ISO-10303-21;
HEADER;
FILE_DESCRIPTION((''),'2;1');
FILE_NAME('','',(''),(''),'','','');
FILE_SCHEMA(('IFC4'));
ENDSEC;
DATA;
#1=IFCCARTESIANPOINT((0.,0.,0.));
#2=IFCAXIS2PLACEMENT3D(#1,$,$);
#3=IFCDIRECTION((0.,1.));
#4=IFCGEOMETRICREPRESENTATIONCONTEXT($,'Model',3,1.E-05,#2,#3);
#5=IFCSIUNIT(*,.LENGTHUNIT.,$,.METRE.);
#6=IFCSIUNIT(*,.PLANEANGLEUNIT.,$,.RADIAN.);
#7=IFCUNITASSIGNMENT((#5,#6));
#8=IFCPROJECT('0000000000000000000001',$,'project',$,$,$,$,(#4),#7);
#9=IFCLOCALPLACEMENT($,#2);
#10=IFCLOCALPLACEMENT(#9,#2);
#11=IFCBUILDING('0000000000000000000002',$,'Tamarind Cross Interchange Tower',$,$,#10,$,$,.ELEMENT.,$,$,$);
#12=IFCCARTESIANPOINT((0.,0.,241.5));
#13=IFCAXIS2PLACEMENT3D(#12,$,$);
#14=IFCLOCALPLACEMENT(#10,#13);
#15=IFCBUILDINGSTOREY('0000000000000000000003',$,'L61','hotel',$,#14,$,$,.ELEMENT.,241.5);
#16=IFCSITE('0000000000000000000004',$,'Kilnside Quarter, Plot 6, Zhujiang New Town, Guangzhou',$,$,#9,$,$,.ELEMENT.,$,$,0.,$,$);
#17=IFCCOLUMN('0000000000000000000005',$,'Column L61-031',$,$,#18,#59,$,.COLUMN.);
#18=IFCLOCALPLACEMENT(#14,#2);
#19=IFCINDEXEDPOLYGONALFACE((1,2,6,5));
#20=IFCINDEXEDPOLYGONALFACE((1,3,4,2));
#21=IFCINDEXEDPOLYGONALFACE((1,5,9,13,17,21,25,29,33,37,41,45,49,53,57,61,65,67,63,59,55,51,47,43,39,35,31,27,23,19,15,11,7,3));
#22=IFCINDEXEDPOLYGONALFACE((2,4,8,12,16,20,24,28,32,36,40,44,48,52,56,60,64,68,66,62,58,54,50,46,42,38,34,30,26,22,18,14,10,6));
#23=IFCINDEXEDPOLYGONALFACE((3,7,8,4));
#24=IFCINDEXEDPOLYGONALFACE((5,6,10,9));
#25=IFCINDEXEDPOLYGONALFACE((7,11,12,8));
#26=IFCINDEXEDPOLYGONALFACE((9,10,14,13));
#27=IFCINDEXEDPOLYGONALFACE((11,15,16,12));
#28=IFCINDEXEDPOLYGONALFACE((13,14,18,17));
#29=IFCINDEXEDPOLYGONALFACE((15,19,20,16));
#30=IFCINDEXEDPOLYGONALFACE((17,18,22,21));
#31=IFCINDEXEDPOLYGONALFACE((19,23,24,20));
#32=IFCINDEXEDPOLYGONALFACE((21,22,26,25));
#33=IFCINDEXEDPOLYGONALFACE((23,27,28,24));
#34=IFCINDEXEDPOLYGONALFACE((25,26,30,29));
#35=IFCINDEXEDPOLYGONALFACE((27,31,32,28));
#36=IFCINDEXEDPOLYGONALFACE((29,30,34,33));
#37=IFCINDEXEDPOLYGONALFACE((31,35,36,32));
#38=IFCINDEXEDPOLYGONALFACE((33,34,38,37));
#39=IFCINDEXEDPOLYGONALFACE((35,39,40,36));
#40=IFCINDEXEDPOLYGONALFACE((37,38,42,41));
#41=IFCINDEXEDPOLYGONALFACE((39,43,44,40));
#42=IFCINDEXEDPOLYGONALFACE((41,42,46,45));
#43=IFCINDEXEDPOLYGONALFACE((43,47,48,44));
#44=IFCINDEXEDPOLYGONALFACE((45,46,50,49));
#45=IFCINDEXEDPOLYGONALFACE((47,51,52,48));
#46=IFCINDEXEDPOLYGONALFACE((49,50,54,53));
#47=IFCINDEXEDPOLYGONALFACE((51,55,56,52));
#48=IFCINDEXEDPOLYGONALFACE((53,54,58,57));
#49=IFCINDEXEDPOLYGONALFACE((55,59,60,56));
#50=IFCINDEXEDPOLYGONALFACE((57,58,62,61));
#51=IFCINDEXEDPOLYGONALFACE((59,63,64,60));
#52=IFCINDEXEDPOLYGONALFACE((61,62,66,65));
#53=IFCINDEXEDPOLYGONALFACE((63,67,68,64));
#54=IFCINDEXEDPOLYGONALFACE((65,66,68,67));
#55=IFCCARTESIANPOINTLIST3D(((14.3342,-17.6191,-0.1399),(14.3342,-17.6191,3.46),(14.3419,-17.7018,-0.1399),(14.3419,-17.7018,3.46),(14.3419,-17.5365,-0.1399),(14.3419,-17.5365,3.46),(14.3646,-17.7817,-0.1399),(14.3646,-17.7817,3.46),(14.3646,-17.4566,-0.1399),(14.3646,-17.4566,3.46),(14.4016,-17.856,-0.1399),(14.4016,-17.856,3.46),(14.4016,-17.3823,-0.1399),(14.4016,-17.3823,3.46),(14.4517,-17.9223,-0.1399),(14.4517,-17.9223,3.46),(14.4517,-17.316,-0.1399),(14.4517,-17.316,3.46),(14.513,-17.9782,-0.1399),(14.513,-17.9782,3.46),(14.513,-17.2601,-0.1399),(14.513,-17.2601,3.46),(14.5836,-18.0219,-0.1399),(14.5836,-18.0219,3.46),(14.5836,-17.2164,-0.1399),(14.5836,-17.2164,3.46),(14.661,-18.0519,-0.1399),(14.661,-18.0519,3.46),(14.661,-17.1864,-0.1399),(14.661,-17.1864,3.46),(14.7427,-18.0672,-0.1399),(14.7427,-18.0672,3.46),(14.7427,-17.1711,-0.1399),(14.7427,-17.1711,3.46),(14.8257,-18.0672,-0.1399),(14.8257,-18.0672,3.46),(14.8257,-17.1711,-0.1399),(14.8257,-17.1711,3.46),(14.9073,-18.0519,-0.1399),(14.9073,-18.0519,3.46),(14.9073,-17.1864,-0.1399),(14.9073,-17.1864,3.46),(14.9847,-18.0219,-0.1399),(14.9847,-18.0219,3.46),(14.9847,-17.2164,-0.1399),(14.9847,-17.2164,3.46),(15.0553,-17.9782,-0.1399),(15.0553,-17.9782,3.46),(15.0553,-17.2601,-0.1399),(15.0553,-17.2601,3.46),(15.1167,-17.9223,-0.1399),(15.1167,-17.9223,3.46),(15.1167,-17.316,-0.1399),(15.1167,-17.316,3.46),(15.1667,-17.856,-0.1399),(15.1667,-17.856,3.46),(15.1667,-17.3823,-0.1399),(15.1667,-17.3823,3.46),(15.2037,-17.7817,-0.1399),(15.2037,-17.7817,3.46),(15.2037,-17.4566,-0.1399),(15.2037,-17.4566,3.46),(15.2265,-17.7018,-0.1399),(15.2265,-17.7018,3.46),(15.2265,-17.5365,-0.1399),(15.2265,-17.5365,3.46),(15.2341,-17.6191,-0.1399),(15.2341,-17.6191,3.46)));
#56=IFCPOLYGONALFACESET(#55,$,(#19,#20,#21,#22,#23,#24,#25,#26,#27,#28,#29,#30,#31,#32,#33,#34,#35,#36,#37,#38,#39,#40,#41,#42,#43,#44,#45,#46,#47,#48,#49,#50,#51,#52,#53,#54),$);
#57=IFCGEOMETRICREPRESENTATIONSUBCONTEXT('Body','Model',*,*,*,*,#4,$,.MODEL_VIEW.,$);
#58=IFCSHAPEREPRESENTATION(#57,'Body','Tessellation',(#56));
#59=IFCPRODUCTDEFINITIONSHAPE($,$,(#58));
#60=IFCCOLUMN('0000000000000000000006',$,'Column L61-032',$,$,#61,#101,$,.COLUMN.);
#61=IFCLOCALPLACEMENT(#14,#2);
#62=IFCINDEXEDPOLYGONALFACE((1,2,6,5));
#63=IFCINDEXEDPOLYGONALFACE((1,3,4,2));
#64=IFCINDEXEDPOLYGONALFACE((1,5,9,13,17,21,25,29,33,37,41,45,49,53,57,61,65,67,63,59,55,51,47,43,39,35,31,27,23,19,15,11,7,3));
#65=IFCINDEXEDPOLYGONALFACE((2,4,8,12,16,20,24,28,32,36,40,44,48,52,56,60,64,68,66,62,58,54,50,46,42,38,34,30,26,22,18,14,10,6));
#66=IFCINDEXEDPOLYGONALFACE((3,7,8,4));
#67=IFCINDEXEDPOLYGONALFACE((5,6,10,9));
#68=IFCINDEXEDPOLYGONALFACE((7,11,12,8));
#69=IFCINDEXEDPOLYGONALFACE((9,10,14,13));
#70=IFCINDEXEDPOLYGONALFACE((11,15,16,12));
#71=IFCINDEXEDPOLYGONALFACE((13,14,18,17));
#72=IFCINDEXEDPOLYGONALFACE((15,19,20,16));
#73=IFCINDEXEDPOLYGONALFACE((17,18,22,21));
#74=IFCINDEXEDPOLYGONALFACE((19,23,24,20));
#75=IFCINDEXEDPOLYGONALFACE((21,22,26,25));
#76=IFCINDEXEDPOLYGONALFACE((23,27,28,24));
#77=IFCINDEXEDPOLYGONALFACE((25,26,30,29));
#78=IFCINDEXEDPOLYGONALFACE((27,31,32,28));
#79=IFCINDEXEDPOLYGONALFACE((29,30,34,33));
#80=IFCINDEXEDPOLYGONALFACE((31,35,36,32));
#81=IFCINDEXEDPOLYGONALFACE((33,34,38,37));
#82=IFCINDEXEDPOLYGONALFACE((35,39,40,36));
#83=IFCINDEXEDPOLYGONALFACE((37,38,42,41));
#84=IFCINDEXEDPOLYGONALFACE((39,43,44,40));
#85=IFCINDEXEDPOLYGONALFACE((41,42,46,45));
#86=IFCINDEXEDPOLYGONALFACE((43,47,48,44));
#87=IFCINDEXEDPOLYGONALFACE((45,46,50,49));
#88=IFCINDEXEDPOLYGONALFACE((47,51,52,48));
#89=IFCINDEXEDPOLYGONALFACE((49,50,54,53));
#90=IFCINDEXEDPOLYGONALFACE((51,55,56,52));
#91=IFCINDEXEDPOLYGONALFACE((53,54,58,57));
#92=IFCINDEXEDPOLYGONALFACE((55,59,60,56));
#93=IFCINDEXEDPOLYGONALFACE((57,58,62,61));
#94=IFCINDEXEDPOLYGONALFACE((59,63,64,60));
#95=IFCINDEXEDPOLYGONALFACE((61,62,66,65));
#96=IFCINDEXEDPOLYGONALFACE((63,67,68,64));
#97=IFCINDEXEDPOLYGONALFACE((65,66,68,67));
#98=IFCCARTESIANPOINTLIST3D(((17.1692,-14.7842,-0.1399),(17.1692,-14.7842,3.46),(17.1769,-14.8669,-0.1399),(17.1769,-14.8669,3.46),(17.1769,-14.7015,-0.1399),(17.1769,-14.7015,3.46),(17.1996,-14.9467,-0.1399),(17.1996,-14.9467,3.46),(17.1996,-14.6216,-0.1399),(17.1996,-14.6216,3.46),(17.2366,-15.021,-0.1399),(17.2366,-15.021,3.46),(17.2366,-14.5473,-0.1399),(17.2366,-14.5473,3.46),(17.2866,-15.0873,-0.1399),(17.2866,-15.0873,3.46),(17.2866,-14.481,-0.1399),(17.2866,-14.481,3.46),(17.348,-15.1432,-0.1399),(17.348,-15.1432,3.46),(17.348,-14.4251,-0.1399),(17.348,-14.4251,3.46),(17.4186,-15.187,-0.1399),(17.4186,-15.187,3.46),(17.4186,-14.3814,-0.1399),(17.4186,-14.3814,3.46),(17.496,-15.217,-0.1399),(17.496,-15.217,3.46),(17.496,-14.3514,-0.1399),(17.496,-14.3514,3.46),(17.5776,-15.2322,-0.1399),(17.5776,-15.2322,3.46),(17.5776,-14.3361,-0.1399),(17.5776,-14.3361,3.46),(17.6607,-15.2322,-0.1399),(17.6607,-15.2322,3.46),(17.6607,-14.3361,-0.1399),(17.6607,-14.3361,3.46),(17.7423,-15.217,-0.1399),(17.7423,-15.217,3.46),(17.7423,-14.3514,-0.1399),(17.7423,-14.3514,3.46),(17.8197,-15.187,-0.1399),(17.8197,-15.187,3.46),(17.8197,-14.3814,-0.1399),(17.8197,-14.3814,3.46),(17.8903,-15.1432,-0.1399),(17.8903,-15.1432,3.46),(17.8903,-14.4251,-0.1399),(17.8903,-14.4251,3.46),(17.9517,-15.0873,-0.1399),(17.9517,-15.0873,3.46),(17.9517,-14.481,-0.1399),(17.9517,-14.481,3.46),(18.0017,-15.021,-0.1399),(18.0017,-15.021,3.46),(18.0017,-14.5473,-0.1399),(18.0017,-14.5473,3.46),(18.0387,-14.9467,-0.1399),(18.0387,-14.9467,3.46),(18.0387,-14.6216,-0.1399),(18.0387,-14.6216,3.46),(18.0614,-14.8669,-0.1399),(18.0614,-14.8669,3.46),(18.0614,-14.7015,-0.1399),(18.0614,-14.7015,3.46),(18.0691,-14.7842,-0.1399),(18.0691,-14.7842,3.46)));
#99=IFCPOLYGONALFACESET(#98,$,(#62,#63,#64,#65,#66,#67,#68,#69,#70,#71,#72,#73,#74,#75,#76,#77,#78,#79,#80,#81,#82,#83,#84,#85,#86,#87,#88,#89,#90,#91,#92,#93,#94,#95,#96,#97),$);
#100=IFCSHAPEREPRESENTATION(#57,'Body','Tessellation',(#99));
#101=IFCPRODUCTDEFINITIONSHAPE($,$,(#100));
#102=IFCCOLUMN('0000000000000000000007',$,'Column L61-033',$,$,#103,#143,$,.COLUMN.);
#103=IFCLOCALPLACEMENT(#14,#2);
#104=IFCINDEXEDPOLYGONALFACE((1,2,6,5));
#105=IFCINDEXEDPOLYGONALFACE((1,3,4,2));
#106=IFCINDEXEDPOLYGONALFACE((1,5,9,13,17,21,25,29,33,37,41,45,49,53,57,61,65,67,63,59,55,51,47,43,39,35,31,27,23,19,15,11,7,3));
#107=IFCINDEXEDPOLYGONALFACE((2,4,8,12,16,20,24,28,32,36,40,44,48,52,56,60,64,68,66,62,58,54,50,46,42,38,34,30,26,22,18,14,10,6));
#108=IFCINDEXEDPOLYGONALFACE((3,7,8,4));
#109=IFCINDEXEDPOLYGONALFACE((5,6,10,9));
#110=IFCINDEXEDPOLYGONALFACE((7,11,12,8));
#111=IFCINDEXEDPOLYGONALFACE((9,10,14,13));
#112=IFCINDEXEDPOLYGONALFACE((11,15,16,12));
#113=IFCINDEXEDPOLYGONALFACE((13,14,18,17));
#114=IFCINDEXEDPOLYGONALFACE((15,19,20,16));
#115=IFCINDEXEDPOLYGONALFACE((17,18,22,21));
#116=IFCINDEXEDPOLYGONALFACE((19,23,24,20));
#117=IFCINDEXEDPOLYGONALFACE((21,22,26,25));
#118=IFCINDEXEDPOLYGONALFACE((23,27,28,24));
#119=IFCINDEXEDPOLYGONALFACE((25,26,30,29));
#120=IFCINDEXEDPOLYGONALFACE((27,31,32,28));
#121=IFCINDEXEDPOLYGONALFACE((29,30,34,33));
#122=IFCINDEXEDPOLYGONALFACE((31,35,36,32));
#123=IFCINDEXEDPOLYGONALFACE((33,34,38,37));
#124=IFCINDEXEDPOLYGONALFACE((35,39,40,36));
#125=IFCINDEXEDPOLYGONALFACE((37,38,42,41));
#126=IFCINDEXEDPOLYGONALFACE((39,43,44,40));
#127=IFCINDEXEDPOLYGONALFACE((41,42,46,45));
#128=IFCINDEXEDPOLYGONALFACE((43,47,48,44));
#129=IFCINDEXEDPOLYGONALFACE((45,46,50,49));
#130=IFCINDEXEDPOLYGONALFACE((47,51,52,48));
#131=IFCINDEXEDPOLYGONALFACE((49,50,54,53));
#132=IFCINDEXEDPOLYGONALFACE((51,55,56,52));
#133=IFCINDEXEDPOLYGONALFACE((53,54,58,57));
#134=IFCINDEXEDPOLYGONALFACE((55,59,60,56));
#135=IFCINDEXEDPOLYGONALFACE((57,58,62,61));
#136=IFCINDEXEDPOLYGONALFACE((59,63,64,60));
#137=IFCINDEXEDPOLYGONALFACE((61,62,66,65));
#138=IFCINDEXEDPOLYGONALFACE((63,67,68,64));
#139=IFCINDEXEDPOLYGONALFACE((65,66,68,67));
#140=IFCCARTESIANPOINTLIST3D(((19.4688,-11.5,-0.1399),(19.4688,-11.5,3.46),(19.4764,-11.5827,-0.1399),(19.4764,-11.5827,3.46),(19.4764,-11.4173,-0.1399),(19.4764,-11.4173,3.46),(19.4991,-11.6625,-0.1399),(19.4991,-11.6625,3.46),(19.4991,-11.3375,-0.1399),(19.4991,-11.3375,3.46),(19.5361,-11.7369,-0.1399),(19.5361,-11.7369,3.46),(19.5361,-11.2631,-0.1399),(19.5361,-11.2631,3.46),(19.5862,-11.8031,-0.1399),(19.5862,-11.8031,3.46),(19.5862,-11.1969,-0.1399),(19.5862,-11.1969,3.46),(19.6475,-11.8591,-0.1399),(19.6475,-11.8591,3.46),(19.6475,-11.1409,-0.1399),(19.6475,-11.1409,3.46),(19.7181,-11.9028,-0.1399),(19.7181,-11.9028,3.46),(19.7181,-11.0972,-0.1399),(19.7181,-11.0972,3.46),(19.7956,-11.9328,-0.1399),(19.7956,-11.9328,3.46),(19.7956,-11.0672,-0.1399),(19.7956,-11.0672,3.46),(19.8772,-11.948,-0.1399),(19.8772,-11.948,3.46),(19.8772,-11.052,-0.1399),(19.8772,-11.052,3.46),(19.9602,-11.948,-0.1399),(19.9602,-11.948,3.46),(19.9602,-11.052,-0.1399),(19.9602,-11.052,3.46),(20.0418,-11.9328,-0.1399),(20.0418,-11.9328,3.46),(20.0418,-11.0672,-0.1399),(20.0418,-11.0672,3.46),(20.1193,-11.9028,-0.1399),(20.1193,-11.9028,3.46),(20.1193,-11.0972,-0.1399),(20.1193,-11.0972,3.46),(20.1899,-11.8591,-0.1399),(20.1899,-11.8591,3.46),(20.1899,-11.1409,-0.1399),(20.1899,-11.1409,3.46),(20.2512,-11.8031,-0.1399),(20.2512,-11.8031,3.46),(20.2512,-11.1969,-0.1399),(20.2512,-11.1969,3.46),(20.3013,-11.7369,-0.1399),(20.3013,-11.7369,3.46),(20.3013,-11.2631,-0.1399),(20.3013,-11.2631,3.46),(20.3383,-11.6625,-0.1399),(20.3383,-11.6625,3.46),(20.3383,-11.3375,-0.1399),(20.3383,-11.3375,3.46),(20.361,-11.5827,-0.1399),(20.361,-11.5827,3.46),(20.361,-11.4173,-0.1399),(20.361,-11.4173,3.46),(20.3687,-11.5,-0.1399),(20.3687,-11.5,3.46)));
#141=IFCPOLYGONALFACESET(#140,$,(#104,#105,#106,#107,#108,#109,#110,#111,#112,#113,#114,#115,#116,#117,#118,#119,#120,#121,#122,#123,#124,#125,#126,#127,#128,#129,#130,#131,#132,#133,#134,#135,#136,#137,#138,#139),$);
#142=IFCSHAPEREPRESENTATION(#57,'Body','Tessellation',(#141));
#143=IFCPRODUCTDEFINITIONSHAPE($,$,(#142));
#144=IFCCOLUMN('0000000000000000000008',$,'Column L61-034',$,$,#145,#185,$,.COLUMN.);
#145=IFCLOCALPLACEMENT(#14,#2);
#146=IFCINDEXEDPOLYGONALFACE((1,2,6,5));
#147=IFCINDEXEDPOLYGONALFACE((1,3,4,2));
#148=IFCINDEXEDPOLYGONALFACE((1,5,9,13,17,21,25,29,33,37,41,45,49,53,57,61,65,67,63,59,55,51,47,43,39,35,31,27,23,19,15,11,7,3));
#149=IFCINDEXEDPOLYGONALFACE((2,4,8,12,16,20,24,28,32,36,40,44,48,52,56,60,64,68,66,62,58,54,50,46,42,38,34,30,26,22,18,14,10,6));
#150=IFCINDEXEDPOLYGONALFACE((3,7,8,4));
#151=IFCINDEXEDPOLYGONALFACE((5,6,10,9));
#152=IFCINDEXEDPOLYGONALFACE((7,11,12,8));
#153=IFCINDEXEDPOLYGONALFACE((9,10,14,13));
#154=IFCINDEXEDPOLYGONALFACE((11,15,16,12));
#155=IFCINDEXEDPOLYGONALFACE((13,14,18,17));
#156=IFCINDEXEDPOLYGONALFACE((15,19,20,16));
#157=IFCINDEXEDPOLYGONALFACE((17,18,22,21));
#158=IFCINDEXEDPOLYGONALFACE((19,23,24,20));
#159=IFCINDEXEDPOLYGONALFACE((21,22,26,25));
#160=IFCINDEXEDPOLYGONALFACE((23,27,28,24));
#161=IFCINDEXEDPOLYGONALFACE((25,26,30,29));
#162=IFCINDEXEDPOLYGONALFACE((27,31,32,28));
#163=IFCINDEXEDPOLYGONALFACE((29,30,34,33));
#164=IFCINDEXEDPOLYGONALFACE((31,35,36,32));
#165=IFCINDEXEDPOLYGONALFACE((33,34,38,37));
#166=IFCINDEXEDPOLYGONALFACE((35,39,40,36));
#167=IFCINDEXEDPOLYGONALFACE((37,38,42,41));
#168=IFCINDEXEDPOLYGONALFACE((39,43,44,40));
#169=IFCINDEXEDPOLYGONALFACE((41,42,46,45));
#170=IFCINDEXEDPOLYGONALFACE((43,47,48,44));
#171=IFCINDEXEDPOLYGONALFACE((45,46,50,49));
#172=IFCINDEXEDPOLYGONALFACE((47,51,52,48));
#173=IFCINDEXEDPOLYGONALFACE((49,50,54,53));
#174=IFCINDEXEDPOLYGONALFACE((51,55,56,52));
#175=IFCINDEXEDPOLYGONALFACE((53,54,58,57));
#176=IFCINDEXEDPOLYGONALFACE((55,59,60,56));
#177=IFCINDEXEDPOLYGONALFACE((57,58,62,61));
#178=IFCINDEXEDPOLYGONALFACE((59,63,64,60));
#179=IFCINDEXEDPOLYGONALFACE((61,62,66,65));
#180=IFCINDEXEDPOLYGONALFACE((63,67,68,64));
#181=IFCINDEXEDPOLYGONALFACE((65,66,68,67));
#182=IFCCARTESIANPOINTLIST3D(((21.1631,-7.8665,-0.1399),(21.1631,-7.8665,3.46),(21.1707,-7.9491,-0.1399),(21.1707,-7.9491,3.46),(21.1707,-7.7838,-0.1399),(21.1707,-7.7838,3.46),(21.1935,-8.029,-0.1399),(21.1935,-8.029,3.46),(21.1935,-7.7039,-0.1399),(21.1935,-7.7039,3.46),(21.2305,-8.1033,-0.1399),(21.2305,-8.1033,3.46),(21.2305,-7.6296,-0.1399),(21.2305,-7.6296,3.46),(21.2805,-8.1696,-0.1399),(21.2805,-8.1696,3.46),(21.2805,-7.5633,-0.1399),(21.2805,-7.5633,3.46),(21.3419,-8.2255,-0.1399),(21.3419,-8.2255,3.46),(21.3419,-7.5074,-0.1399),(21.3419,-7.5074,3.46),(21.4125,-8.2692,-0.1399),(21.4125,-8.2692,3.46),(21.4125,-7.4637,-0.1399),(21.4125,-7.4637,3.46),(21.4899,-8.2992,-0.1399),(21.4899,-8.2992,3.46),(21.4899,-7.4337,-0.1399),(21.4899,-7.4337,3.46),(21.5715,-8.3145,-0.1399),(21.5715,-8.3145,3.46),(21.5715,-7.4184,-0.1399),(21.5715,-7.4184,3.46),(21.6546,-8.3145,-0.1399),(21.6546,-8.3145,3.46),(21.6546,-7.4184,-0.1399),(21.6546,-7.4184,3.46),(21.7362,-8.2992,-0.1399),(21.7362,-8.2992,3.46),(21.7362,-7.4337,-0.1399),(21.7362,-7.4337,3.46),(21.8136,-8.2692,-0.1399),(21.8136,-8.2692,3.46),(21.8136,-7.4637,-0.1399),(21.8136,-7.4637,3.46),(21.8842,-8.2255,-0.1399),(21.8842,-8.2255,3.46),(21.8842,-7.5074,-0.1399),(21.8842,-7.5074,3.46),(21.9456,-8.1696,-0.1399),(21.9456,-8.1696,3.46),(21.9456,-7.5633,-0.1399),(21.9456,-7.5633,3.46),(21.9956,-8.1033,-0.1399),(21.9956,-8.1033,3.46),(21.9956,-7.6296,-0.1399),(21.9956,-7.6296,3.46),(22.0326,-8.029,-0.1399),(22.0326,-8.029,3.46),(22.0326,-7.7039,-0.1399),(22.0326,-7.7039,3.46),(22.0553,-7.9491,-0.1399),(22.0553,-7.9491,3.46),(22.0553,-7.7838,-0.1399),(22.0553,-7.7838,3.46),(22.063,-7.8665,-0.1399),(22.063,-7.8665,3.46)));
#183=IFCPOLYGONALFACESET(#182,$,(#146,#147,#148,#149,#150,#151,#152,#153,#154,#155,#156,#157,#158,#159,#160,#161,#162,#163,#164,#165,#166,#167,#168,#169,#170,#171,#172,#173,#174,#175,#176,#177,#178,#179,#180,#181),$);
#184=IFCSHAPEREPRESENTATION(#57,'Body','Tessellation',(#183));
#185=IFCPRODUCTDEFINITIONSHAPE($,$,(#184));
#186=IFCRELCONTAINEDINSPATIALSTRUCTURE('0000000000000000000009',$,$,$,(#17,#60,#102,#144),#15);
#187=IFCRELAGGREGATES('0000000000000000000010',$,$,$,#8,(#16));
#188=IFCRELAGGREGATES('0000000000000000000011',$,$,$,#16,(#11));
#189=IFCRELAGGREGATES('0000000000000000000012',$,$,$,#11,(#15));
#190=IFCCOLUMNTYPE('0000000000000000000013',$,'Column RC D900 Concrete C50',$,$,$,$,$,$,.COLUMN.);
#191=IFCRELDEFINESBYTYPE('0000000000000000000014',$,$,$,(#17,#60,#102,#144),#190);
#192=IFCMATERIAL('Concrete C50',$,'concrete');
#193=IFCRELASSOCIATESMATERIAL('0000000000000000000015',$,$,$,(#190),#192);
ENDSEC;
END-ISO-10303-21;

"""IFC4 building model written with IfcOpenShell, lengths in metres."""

from ifc_helpers import new_model, si_unit, direction, frame, origin, origin_2d, place, context, subcontext, project, spatial, circle, extrude, material, material_profile, profile_set, type_object, element, save


model = new_model("IFC4")

# Units and contexts
model_context = context("Model", 3, precision=1e-05, world=origin(), true_north=direction((0.0, 1.0)))
body_context = subcontext(model_context, "Body", "Model", "MODEL_VIEW")
ifc_project = project(units=[si_unit("LENGTHUNIT", "METRE"), si_unit("PLANEANGLEUNIT", "RADIAN")], contexts=[model_context])

# Site, building, storey
site_placement = place(None, origin())
site = spatial("IfcSite", under=ifc_project, at=site_placement, Name="Kilnside Quarter, Plot 6, Zhujiang New Town, Guangzhou", CompositionType="ELEMENT", RefElevation=0.0)
building_placement = place(site_placement, origin())
building = spatial("IfcBuilding", under=site, at=building_placement, Name="Tamarind Cross Interchange Tower", CompositionType="ELEMENT")
storey_placement = place(building_placement, frame((0.0, 0.0, 241.5)))
storey = spatial("IfcBuildingStorey", under=building, at=storey_placement, Name="L61", Description="hotel", CompositionType="ELEMENT", Elevation=241.5)

# Columns
ifc_material_1 = material(Name="Concrete C50", Category="concrete")
ifc_material_profile_1 = material_profile(ifc_material_1, circle(Radius=0.45, at=origin_2d()), Name="RC D900")
ifc_profile_set_1 = profile_set([ifc_material_profile_1], Name="Concrete C50")
column_type = type_object("IfcColumnType", Name="Column RC D900 Concrete C50", PredefinedType="COLUMN", material=ifc_profile_set_1)
for number, where, z_axis, x_axis, name in (
    (1, (14.7842, -17.6191, -0.1399), (0.0, 0.0, 1.0), (1.0, 0.0, 0.0), "Column L61-031"),
    (2, (17.6191, -14.7842, -0.1399), (0.0, 0.0, 1.0), (1.0, 0.0, 0.0), "Column L61-032"),
    (3, (19.9187, -11.5, -0.1399), (0.0, 0.0, 1.0), (1.0, 0.0, 0.0), "Column L61-033"),
    (4, (21.613, -7.8665, -0.1399), (0.0, 0.0, 1.0), (1.0, 0.0, 0.0), "Column L61-034"),
):
    element("IfcColumn", number, at=place(storey_placement, frame(where, z_axis=z_axis, x_axis=x_axis)), inside=storey, type_object=column_type, Name=name, PredefinedType="COLUMN", context=body_context, shape_type="SweptSolid", body=[
        extrude(circle(Radius=0.45, at=origin_2d()), origin(), (0.0, 0.0, 1.0), 3.5999),
    ])

save(model, "model.ifc")
